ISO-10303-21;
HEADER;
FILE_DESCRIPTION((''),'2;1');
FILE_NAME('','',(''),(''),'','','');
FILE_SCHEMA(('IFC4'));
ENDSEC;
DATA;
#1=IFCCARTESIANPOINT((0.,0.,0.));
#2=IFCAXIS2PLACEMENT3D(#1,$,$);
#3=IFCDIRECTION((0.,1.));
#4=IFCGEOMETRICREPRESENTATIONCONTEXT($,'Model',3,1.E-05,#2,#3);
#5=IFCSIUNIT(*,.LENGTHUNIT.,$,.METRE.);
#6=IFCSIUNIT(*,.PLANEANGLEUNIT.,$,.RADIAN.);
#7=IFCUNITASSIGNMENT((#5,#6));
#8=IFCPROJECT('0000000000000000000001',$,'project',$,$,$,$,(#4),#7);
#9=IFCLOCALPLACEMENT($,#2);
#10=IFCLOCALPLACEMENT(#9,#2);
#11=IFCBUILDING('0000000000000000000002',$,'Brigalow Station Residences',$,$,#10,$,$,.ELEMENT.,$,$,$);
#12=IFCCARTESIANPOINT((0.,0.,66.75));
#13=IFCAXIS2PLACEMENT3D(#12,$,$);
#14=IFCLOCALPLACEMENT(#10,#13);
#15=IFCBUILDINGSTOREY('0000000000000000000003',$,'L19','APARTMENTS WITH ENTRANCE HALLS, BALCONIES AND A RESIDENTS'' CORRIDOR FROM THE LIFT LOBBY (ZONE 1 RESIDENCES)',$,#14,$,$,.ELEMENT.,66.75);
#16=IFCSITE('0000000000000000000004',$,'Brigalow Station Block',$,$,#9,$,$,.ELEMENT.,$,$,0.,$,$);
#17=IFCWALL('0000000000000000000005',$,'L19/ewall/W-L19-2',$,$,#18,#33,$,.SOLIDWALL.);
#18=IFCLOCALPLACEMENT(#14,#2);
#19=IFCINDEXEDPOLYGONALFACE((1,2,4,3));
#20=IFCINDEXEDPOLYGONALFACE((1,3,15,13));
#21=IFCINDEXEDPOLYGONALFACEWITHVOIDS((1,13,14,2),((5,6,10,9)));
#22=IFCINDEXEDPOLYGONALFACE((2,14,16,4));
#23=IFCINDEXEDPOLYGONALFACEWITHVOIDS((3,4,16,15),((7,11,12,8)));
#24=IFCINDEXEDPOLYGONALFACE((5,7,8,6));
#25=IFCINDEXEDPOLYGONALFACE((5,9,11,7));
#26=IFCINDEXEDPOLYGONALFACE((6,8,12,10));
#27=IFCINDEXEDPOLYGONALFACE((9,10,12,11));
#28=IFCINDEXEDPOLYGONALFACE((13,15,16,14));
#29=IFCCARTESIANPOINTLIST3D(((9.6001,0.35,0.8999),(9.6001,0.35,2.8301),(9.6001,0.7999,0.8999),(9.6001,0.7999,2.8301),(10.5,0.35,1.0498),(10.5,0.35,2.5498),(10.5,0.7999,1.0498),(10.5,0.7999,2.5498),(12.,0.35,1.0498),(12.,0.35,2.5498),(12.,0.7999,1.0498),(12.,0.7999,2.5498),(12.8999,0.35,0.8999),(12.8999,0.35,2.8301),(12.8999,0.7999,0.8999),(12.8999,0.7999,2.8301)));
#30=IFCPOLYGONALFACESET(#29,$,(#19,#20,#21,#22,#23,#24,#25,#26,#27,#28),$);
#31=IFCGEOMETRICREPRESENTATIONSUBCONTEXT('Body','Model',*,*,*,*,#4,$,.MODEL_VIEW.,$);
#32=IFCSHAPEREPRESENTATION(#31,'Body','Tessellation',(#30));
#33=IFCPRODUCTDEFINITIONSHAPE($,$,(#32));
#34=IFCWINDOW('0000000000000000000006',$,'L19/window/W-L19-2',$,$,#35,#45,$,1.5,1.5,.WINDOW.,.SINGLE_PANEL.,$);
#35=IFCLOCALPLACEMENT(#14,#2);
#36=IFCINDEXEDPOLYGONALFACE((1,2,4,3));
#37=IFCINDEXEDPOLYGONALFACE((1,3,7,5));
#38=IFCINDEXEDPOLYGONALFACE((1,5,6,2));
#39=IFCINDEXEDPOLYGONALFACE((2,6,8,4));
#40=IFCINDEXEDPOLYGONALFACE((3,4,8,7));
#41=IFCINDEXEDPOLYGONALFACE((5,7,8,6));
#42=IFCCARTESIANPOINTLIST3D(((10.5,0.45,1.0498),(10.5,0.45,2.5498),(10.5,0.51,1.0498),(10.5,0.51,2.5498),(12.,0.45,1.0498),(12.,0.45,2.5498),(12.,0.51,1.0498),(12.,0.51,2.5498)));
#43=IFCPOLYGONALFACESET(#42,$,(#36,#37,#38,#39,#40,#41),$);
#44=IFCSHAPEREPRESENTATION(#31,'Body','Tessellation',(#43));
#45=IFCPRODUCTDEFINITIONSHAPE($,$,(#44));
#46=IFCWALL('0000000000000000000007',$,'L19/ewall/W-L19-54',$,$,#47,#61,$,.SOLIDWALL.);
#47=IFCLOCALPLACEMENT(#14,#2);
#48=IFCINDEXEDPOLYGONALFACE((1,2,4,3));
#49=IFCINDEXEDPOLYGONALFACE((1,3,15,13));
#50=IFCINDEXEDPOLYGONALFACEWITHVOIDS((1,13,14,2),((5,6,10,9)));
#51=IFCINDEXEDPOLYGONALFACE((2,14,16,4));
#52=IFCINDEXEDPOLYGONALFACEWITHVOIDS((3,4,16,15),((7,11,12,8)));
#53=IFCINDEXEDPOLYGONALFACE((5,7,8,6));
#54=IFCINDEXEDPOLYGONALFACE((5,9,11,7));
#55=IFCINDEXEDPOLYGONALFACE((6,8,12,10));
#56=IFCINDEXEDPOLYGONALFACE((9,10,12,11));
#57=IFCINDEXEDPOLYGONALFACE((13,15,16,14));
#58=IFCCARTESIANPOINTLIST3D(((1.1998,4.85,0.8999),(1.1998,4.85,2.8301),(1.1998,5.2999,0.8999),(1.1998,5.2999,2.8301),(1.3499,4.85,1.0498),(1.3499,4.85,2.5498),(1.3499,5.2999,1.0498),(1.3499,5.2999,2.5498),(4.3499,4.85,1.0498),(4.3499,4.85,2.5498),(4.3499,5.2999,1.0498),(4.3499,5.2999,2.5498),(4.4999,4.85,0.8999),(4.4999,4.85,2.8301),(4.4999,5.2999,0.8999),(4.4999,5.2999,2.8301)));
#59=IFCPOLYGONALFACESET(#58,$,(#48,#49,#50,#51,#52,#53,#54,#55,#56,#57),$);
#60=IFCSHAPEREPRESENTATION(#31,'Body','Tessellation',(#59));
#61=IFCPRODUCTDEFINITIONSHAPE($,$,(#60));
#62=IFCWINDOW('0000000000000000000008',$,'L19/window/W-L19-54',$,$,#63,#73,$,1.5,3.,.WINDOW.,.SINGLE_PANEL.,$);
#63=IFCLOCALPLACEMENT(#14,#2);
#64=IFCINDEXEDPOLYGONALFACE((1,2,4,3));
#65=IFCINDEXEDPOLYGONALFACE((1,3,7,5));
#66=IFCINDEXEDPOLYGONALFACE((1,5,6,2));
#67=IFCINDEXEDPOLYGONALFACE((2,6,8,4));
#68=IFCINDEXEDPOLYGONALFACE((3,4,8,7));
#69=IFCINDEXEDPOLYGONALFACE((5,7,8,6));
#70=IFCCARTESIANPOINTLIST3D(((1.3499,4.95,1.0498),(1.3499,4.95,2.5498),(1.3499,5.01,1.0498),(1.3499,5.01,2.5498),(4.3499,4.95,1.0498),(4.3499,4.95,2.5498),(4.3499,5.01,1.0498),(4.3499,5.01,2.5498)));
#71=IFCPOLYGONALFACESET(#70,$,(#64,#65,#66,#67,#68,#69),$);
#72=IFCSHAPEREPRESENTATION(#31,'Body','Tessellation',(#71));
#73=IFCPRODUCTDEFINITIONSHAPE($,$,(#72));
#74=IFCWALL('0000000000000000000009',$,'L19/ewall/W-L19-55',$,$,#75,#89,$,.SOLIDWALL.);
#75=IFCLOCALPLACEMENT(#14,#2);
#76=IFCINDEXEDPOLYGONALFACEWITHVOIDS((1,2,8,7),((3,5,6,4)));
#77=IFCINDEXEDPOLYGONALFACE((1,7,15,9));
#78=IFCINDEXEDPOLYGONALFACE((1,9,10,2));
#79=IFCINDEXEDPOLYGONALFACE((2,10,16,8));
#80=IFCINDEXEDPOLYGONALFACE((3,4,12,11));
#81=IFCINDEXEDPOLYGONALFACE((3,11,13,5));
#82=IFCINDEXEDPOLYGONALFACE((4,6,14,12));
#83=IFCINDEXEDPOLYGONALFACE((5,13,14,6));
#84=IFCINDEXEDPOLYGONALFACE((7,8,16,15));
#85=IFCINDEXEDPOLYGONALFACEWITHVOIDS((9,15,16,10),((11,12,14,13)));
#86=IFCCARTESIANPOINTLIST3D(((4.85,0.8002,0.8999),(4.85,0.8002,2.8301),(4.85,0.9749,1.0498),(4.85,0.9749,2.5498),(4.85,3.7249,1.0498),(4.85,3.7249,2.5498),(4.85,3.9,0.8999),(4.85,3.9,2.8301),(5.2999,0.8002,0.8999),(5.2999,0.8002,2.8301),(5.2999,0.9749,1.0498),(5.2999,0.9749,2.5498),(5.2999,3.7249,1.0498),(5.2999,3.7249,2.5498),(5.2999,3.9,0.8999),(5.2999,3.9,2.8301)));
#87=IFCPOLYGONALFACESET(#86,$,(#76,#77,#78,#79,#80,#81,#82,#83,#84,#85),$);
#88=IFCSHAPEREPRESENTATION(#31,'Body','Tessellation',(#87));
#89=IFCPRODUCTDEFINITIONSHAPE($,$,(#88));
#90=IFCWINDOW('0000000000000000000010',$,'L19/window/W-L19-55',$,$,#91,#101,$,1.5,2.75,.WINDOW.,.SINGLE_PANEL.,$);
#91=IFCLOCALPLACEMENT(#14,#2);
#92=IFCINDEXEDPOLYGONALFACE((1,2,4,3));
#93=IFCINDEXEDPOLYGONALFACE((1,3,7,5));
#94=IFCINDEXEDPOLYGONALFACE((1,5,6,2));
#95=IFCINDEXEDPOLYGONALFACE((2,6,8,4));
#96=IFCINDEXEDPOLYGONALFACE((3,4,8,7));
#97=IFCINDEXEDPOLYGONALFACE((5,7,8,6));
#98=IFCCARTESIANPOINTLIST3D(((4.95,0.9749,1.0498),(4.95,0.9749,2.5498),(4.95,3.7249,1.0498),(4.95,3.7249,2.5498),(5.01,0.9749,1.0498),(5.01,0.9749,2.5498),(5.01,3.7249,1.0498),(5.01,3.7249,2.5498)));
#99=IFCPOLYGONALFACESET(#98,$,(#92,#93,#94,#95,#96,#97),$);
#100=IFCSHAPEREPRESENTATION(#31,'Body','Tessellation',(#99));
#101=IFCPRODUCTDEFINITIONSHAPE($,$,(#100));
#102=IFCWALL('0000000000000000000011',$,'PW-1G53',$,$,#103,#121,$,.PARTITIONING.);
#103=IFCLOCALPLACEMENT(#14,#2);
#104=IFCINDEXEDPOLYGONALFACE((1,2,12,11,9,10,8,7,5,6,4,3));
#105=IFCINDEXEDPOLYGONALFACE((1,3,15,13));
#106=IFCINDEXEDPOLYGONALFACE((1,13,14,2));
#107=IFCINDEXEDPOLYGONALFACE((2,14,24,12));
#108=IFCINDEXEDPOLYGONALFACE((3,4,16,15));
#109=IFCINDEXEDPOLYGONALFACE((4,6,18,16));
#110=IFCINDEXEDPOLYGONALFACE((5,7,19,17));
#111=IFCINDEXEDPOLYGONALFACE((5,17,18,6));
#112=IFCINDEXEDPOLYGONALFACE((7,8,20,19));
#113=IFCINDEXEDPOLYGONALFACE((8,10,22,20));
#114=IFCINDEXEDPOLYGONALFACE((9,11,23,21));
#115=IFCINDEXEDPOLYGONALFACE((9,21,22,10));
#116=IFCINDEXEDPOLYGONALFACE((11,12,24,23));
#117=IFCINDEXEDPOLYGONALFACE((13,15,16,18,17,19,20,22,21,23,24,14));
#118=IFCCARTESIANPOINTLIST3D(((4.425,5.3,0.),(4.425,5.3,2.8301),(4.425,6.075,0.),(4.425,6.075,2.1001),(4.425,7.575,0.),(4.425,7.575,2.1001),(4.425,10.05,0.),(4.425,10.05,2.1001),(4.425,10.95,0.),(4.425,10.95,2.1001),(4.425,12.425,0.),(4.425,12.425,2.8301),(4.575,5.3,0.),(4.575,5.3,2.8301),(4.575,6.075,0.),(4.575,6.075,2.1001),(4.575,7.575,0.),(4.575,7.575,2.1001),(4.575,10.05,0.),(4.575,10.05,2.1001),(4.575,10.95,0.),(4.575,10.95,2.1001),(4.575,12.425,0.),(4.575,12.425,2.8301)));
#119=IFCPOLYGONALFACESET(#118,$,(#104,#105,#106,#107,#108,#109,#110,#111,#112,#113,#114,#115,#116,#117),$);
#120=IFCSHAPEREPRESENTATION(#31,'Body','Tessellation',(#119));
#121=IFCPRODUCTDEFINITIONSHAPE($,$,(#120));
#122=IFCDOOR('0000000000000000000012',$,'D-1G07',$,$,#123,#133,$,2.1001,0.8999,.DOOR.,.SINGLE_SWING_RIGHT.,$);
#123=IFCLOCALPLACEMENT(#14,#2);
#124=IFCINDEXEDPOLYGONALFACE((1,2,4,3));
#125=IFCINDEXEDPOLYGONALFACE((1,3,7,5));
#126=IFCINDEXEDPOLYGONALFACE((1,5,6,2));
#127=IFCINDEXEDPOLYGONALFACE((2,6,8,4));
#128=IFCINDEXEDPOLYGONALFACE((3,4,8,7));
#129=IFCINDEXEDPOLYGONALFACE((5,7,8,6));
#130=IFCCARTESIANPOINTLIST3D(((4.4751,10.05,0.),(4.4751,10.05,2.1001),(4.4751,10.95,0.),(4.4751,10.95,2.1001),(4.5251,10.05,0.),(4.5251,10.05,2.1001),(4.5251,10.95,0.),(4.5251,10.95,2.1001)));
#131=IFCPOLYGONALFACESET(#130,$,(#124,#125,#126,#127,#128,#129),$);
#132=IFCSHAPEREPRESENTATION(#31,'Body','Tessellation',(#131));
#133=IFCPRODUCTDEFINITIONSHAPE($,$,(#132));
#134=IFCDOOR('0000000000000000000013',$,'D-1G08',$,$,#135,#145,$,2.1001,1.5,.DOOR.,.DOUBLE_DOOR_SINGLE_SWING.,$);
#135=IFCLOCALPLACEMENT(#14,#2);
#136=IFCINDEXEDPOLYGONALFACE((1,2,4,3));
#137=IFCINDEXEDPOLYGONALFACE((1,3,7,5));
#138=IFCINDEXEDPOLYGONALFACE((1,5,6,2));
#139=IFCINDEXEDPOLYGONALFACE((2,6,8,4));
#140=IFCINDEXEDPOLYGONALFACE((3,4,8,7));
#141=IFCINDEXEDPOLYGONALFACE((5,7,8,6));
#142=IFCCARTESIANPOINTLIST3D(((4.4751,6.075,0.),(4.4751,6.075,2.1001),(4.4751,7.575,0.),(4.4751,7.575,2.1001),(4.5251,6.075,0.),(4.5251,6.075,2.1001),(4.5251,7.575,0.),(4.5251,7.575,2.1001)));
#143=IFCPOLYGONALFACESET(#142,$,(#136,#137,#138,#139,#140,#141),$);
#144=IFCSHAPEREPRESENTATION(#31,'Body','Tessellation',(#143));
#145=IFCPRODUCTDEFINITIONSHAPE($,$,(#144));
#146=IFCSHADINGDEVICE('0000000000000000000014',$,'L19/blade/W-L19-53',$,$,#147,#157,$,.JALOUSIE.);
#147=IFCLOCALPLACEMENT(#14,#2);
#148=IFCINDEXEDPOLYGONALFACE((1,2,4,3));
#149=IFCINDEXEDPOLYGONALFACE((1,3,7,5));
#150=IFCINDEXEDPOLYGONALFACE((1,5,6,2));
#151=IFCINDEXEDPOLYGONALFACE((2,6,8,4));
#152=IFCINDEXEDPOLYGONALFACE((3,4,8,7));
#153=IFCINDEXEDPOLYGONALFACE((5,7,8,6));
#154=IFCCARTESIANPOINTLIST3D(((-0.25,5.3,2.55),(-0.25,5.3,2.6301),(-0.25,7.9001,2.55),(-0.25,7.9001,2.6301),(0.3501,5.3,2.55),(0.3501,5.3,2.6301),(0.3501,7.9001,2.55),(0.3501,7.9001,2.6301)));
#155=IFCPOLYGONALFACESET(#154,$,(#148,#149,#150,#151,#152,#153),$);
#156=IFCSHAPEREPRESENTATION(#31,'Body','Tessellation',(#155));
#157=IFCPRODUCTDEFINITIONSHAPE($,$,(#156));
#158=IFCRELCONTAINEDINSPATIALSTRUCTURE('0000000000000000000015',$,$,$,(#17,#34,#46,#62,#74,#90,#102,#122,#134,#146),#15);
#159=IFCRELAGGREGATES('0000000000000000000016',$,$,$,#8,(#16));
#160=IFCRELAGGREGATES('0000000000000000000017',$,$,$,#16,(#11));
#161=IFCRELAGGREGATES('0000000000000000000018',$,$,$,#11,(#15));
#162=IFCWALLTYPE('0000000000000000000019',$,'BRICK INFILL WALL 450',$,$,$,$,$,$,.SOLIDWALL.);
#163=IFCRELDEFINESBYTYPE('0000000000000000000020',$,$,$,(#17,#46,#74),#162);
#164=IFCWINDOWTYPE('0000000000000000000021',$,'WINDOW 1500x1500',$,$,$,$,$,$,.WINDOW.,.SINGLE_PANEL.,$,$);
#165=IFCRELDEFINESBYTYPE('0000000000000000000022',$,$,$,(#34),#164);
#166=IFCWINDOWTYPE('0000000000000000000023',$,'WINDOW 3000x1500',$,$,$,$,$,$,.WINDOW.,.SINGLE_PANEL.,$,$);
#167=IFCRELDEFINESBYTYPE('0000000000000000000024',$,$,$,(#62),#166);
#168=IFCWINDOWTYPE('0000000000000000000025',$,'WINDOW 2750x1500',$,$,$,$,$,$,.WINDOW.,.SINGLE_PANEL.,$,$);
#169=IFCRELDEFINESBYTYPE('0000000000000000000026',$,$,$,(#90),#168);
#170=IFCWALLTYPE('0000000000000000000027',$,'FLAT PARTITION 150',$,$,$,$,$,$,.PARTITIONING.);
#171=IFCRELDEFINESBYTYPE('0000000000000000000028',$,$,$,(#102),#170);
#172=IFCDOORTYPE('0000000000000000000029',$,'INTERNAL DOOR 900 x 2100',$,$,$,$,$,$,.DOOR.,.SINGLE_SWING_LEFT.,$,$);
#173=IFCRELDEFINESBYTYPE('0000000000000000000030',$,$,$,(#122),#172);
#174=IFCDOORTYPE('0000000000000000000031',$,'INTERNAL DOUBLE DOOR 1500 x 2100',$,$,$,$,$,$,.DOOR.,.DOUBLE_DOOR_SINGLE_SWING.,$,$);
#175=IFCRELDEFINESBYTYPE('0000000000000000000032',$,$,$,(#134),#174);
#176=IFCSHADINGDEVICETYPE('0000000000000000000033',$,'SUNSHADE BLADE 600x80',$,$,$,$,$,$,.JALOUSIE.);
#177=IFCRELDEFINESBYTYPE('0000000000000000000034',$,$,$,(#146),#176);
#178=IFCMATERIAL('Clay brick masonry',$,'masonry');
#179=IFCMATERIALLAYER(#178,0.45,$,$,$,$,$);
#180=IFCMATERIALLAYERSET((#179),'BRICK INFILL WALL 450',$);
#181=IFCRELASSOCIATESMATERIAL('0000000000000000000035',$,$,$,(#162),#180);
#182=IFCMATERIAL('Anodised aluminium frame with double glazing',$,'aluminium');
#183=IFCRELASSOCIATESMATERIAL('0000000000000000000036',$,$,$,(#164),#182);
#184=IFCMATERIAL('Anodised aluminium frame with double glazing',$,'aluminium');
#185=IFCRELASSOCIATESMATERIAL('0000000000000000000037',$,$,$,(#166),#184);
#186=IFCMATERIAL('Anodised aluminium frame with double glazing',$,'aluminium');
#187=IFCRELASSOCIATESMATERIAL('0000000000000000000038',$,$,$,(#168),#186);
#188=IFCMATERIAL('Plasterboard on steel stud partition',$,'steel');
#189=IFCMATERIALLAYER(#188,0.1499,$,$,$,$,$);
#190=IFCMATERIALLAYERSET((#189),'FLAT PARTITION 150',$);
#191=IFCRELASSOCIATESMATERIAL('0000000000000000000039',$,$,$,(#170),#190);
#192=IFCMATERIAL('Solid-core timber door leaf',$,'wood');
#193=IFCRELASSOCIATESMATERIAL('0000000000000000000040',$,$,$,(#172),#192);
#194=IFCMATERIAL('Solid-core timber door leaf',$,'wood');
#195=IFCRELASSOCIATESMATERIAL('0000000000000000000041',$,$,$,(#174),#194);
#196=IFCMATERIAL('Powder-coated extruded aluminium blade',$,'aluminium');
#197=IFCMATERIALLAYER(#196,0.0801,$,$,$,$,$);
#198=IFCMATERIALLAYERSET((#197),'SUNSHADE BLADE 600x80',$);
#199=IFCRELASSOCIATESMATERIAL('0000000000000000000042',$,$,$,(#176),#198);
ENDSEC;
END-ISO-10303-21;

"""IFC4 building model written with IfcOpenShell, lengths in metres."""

from ifc_helpers import new_model, si_unit, direction, frame, frame_2d, origin, origin_2d, place, context, subcontext, project, spatial, rectangle, extrude, material, layer, layer_set, type_object, element, fill, save


model = new_model("IFC4")

# Units and contexts
model_context = context("Model", 3, precision=1e-05, world=origin(), true_north=direction((0.0, 1.0)))
body_context = subcontext(model_context, "Body", "Model", "MODEL_VIEW")
ifc_project = project(units=[si_unit("LENGTHUNIT", "METRE"), si_unit("PLANEANGLEUNIT", "RADIAN")], contexts=[model_context])

# Site, building, storey
site_placement = place(None, origin())
site = spatial("IfcSite", under=ifc_project, at=site_placement, Name="Brigalow Station Block", CompositionType="ELEMENT", RefElevation=0.0)
building_placement = place(site_placement, origin())
building = spatial("IfcBuilding", under=site, at=building_placement, Name="Brigalow Station Residences", CompositionType="ELEMENT")
storey_placement = place(building_placement, frame((0.0, 0.0, 66.75)))
storey = spatial("IfcBuildingStorey", under=building, at=storey_placement, Name="L19", Description="APARTMENTS WITH ENTRANCE HALLS, BALCONIES AND A RESIDENTS' CORRIDOR FROM THE LIFT LOBBY (ZONE 1 RESIDENCES)", CompositionType="ELEMENT", Elevation=66.75)

# Walls, openings, windows
ifc_material_1 = material(Name="Clay brick masonry", Category="masonry")
ifc_layer_1 = layer(ifc_material_1, 0.45)
ifc_layer_set_1 = layer_set([ifc_layer_1], Name="BRICK INFILL WALL 450")
wall_type_1 = type_object("IfcWallType", Name="BRICK INFILL WALL 450", PredefinedType="SOLIDWALL", material=ifc_layer_set_1)
ifc_material_2 = material(Name="Anodised aluminium frame with double glazing", Category="aluminium")
window_type_1 = type_object("IfcWindowType", Name="WINDOW 1500x1500", PartitioningType="SINGLE_PANEL", PredefinedType="WINDOW", material=ifc_material_2)
wall_1_placement = place(storey_placement, frame((9.6001, 0.575, 0.8999), z_axis=(0.0, 0.0, 1.0), x_axis=(1.0, 0.0, 0.0)))
wall_1 = element("IfcWall", 1, at=wall_1_placement, inside=storey, type_object=wall_type_1, Name="L19/ewall/W-L19-2", PredefinedType="SOLIDWALL", context=body_context, shape_type="SweptSolid", body=[
    extrude(rectangle(XDim=3.2998, YDim=0.45, at=frame_2d((1.6499, 0.0))), origin(), (0.0, 0.0, 1.0), 1.9302),
])
opening_1_placement = place(wall_1_placement, frame((0.8999, 0.0, 0.1499)))
opening_1 = element("IfcOpeningElement", 2, at=opening_1_placement, cuts=wall_1, PredefinedType="OPENING", context=body_context, shape_type="SweptSolid", body=[
    extrude(rectangle(XDim=1.5, YDim=1.5, at=frame_2d((0.75, 0.75))), frame((0.0, 0.2349, 0.0), z_axis=(0.0, -1.0, 0.0), x_axis=(1.0, 0.0, 0.0)), (0.0, 0.0, 1.0), 0.47),
])
window_1_placement = place(opening_1_placement, origin())
window_1 = element("IfcWindow", 3, at=window_1_placement, inside=storey, type_object=window_type_1, Name="L19/window/W-L19-2", OverallHeight=1.5, OverallWidth=1.5, PartitioningType="SINGLE_PANEL", PredefinedType="WINDOW", context=body_context, shape_type="SweptSolid", body=[
    extrude(rectangle(XDim=1.5, YDim=1.5, at=frame_2d((0.75, 0.75))), frame((0.0, -0.0649, 0.0), z_axis=(0.0, -1.0, 0.0), x_axis=(1.0, 0.0, 0.0)), (0.0, 0.0, 1.0), 0.0601),
])
fill(opening_1, window_1)
wall_2_placement = place(storey_placement, frame((1.2, 5.075, 0.8999), z_axis=(0.0, 0.0, 1.0), x_axis=(1.0, 0.0, 0.0)))
wall_2 = element("IfcWall", 4, at=wall_2_placement, inside=storey, type_object=wall_type_1, Name="L19/ewall/W-L19-54", PredefinedType="SOLIDWALL", context=body_context, shape_type="SweptSolid", body=[
    extrude(rectangle(XDim=3.3, YDim=0.45, at=frame_2d((1.6499, 0.0))), origin(), (0.0, 0.0, 1.0), 1.9302),
])
opening_2_placement = place(wall_2_placement, frame((0.1499, 0.0, 0.1499)))
opening_2 = element("IfcOpeningElement", 5, at=opening_2_placement, cuts=wall_2, PredefinedType="OPENING", context=body_context, shape_type="SweptSolid", body=[
    extrude(rectangle(XDim=3.0, YDim=1.5, at=frame_2d((1.5, 0.75))), frame((0.0, 0.2349, 0.0), z_axis=(0.0, -1.0, 0.0), x_axis=(1.0, 0.0, 0.0)), (0.0, 0.0, 1.0), 0.47),
])
ifc_material_3 = material(Name="Anodised aluminium frame with double glazing", Category="aluminium")
window_type_2 = type_object("IfcWindowType", Name="WINDOW 3000x1500", PartitioningType="SINGLE_PANEL", PredefinedType="WINDOW", material=ifc_material_3)
window_2_placement = place(opening_2_placement, origin())
window_2 = element("IfcWindow", 6, at=window_2_placement, inside=storey, type_object=window_type_2, Name="L19/window/W-L19-54", OverallHeight=1.5, OverallWidth=3.0, PartitioningType="SINGLE_PANEL", PredefinedType="WINDOW", context=body_context, shape_type="SweptSolid", body=[
    extrude(rectangle(XDim=3.0, YDim=1.5, at=frame_2d((1.5, 0.75))), frame((0.0, -0.0649, 0.0), z_axis=(0.0, -1.0, 0.0), x_axis=(1.0, 0.0, 0.0)), (0.0, 0.0, 1.0), 0.0601),
])
fill(opening_2, window_2)
wall_3_placement = place(storey_placement, frame((5.075, 3.8999, 0.8999), z_axis=(0.0, 0.0, 1.0), x_axis=(0.0, -1.0, 0.0)))
wall_3 = element("IfcWall", 7, at=wall_3_placement, inside=storey, type_object=wall_type_1, Name="L19/ewall/W-L19-55", PredefinedType="SOLIDWALL", context=body_context, shape_type="SweptSolid", body=[
    extrude(rectangle(XDim=3.0999, YDim=0.45, at=frame_2d((1.5498, 0.0))), origin(), (0.0, 0.0, 1.0), 1.9302),
])
opening_3_placement = place(wall_3_placement, frame((0.175, 0.0, 0.1499)))
opening_3 = element("IfcOpeningElement", 8, at=opening_3_placement, cuts=wall_3, PredefinedType="OPENING", context=body_context, shape_type="SweptSolid", body=[
    extrude(rectangle(XDim=2.75, YDim=1.5, at=frame_2d((1.375, 0.75))), frame((0.0, 0.2349, 0.0), z_axis=(0.0, -1.0, 0.0), x_axis=(1.0, 0.0, 0.0)), (0.0, 0.0, 1.0), 0.47),
])
ifc_material_4 = material(Name="Anodised aluminium frame with double glazing", Category="aluminium")
window_type_3 = type_object("IfcWindowType", Name="WINDOW 2750x1500", PartitioningType="SINGLE_PANEL", PredefinedType="WINDOW", material=ifc_material_4)
window_3_placement = place(opening_3_placement, origin())
window_3 = element("IfcWindow", 9, at=window_3_placement, inside=storey, type_object=window_type_3, Name="L19/window/W-L19-55", OverallHeight=1.5, OverallWidth=2.75, PartitioningType="SINGLE_PANEL", PredefinedType="WINDOW", context=body_context, shape_type="SweptSolid", body=[
    extrude(rectangle(XDim=2.75, YDim=1.5, at=frame_2d((1.375, 0.75))), frame((0.0, -0.0649, 0.0), z_axis=(0.0, -1.0, 0.0), x_axis=(1.0, 0.0, 0.0)), (0.0, 0.0, 1.0), 0.0601),
])
fill(opening_3, window_3)

# Wall, openings, doors
ifc_material_5 = material(Name="Plasterboard on steel stud partition", Category="steel")
ifc_layer_2 = layer(ifc_material_5, 0.1499)
ifc_layer_set_2 = layer_set([ifc_layer_2], Name="FLAT PARTITION 150")
wall_type_2 = type_object("IfcWallType", Name="FLAT PARTITION 150", PredefinedType="PARTITIONING", material=ifc_layer_set_2)
wall_4_placement = place(storey_placement, frame((4.5, 5.3, 0.0), z_axis=(0.0, 0.0, 1.0), x_axis=(0.0, 1.0, 0.0)))
wall_4 = element("IfcWall", 10, at=wall_4_placement, inside=storey, type_object=wall_type_2, Name="PW-1G53", PredefinedType="PARTITIONING", context=body_context, shape_type="SweptSolid", body=[
    extrude(rectangle(XDim=7.125, YDim=0.1499, at=frame_2d((3.5625, 0.0))), origin(), (0.0, 0.0, 1.0), 2.8301),
])
opening_4_placement = place(wall_4_placement, frame((4.75, 0.0, 0.0)))
opening_4 = element("IfcOpeningElement", 11, at=opening_4_placement, cuts=wall_4, PredefinedType="OPENING", context=body_context, shape_type="SweptSolid", body=[
    extrude(rectangle(XDim=0.8999, YDim=2.1001, at=frame_2d((0.45, 1.05))), frame((0.0, 0.085, 0.0), z_axis=(0.0, -1.0, 0.0), x_axis=(1.0, 0.0, 0.0)), (0.0, 0.0, 1.0), 0.1699),
])
opening_5_placement = place(wall_4_placement, frame((0.7749, 0.0, 0.0)))
opening_5 = element("IfcOpeningElement", 12, at=opening_5_placement, cuts=wall_4, PredefinedType="OPENING", context=body_context, shape_type="SweptSolid", body=[
    extrude(rectangle(XDim=1.5, YDim=2.1001, at=frame_2d((0.75, 1.05))), frame((0.0, 0.085, 0.0), z_axis=(0.0, -1.0, 0.0), x_axis=(1.0, 0.0, 0.0)), (0.0, 0.0, 1.0), 0.1699),
])
ifc_material_6 = material(Name="Solid-core timber door leaf", Category="wood")
door_type_1 = type_object("IfcDoorType", Name="INTERNAL DOOR 900 x 2100", OperationType="SINGLE_SWING_LEFT", PredefinedType="DOOR", material=ifc_material_6)
door_1_placement = place(opening_4_placement, origin())
door_1 = element("IfcDoor", 13, at=door_1_placement, inside=storey, type_object=door_type_1, Name="D-1G07", OperationType="SINGLE_SWING_RIGHT", OverallHeight=2.1001, OverallWidth=0.8999, PredefinedType="DOOR", context=body_context, shape_type="SweptSolid", body=[
    extrude(rectangle(XDim=0.8999, YDim=2.1001, at=frame_2d((0.45, 1.05))), frame((0.0, 0.0249, 0.0), z_axis=(0.0, -1.0, 0.0), x_axis=(1.0, 0.0, 0.0)), (0.0, 0.0, 1.0), 0.05),
])
fill(opening_4, door_1)
ifc_material_7 = material(Name="Solid-core timber door leaf", Category="wood")
door_type_2 = type_object("IfcDoorType", Name="INTERNAL DOUBLE DOOR 1500 x 2100", OperationType="DOUBLE_DOOR_SINGLE_SWING", PredefinedType="DOOR", material=ifc_material_7)
door_2_placement = place(opening_5_placement, origin())
door_2 = element("IfcDoor", 14, at=door_2_placement, inside=storey, type_object=door_type_2, Name="D-1G08", OperationType="DOUBLE_DOOR_SINGLE_SWING", OverallHeight=2.1001, OverallWidth=1.5, PredefinedType="DOOR", context=body_context, shape_type="SweptSolid", body=[
    extrude(rectangle(XDim=1.5, YDim=2.1001, at=frame_2d((0.75, 1.05))), frame((0.0, 0.0249, 0.0), z_axis=(0.0, -1.0, 0.0), x_axis=(1.0, 0.0, 0.0)), (0.0, 0.0, 1.0), 0.05),
])
fill(opening_5, door_2)

# Shading device
ifc_material_8 = material(Name="Powder-coated extruded aluminium blade", Category="aluminium")
ifc_layer_3 = layer(ifc_material_8, 0.0801)
ifc_layer_set_3 = layer_set([ifc_layer_3], Name="SUNSHADE BLADE 600x80")
shading_device_type = type_object("IfcShadingDeviceType", Name="SUNSHADE BLADE 600x80", PredefinedType="JALOUSIE", material=ifc_layer_set_3)
shading_device_1_placement = place(storey_placement, frame((0.05, 6.6001, 2.55), z_axis=(0.0, 0.0, 1.0), x_axis=(0.0, -1.0, 0.0)))
element("IfcShadingDevice", 15, at=shading_device_1_placement, inside=storey, type_object=shading_device_type, Name="L19/blade/W-L19-53", PredefinedType="JALOUSIE", context=body_context, shape_type="SweptSolid", body=[
    extrude(rectangle(XDim=2.6001, YDim=0.6001, at=origin_2d()), origin(), (0.0, 0.0, 1.0), 0.0801),
])

save(model, "model.ifc")
